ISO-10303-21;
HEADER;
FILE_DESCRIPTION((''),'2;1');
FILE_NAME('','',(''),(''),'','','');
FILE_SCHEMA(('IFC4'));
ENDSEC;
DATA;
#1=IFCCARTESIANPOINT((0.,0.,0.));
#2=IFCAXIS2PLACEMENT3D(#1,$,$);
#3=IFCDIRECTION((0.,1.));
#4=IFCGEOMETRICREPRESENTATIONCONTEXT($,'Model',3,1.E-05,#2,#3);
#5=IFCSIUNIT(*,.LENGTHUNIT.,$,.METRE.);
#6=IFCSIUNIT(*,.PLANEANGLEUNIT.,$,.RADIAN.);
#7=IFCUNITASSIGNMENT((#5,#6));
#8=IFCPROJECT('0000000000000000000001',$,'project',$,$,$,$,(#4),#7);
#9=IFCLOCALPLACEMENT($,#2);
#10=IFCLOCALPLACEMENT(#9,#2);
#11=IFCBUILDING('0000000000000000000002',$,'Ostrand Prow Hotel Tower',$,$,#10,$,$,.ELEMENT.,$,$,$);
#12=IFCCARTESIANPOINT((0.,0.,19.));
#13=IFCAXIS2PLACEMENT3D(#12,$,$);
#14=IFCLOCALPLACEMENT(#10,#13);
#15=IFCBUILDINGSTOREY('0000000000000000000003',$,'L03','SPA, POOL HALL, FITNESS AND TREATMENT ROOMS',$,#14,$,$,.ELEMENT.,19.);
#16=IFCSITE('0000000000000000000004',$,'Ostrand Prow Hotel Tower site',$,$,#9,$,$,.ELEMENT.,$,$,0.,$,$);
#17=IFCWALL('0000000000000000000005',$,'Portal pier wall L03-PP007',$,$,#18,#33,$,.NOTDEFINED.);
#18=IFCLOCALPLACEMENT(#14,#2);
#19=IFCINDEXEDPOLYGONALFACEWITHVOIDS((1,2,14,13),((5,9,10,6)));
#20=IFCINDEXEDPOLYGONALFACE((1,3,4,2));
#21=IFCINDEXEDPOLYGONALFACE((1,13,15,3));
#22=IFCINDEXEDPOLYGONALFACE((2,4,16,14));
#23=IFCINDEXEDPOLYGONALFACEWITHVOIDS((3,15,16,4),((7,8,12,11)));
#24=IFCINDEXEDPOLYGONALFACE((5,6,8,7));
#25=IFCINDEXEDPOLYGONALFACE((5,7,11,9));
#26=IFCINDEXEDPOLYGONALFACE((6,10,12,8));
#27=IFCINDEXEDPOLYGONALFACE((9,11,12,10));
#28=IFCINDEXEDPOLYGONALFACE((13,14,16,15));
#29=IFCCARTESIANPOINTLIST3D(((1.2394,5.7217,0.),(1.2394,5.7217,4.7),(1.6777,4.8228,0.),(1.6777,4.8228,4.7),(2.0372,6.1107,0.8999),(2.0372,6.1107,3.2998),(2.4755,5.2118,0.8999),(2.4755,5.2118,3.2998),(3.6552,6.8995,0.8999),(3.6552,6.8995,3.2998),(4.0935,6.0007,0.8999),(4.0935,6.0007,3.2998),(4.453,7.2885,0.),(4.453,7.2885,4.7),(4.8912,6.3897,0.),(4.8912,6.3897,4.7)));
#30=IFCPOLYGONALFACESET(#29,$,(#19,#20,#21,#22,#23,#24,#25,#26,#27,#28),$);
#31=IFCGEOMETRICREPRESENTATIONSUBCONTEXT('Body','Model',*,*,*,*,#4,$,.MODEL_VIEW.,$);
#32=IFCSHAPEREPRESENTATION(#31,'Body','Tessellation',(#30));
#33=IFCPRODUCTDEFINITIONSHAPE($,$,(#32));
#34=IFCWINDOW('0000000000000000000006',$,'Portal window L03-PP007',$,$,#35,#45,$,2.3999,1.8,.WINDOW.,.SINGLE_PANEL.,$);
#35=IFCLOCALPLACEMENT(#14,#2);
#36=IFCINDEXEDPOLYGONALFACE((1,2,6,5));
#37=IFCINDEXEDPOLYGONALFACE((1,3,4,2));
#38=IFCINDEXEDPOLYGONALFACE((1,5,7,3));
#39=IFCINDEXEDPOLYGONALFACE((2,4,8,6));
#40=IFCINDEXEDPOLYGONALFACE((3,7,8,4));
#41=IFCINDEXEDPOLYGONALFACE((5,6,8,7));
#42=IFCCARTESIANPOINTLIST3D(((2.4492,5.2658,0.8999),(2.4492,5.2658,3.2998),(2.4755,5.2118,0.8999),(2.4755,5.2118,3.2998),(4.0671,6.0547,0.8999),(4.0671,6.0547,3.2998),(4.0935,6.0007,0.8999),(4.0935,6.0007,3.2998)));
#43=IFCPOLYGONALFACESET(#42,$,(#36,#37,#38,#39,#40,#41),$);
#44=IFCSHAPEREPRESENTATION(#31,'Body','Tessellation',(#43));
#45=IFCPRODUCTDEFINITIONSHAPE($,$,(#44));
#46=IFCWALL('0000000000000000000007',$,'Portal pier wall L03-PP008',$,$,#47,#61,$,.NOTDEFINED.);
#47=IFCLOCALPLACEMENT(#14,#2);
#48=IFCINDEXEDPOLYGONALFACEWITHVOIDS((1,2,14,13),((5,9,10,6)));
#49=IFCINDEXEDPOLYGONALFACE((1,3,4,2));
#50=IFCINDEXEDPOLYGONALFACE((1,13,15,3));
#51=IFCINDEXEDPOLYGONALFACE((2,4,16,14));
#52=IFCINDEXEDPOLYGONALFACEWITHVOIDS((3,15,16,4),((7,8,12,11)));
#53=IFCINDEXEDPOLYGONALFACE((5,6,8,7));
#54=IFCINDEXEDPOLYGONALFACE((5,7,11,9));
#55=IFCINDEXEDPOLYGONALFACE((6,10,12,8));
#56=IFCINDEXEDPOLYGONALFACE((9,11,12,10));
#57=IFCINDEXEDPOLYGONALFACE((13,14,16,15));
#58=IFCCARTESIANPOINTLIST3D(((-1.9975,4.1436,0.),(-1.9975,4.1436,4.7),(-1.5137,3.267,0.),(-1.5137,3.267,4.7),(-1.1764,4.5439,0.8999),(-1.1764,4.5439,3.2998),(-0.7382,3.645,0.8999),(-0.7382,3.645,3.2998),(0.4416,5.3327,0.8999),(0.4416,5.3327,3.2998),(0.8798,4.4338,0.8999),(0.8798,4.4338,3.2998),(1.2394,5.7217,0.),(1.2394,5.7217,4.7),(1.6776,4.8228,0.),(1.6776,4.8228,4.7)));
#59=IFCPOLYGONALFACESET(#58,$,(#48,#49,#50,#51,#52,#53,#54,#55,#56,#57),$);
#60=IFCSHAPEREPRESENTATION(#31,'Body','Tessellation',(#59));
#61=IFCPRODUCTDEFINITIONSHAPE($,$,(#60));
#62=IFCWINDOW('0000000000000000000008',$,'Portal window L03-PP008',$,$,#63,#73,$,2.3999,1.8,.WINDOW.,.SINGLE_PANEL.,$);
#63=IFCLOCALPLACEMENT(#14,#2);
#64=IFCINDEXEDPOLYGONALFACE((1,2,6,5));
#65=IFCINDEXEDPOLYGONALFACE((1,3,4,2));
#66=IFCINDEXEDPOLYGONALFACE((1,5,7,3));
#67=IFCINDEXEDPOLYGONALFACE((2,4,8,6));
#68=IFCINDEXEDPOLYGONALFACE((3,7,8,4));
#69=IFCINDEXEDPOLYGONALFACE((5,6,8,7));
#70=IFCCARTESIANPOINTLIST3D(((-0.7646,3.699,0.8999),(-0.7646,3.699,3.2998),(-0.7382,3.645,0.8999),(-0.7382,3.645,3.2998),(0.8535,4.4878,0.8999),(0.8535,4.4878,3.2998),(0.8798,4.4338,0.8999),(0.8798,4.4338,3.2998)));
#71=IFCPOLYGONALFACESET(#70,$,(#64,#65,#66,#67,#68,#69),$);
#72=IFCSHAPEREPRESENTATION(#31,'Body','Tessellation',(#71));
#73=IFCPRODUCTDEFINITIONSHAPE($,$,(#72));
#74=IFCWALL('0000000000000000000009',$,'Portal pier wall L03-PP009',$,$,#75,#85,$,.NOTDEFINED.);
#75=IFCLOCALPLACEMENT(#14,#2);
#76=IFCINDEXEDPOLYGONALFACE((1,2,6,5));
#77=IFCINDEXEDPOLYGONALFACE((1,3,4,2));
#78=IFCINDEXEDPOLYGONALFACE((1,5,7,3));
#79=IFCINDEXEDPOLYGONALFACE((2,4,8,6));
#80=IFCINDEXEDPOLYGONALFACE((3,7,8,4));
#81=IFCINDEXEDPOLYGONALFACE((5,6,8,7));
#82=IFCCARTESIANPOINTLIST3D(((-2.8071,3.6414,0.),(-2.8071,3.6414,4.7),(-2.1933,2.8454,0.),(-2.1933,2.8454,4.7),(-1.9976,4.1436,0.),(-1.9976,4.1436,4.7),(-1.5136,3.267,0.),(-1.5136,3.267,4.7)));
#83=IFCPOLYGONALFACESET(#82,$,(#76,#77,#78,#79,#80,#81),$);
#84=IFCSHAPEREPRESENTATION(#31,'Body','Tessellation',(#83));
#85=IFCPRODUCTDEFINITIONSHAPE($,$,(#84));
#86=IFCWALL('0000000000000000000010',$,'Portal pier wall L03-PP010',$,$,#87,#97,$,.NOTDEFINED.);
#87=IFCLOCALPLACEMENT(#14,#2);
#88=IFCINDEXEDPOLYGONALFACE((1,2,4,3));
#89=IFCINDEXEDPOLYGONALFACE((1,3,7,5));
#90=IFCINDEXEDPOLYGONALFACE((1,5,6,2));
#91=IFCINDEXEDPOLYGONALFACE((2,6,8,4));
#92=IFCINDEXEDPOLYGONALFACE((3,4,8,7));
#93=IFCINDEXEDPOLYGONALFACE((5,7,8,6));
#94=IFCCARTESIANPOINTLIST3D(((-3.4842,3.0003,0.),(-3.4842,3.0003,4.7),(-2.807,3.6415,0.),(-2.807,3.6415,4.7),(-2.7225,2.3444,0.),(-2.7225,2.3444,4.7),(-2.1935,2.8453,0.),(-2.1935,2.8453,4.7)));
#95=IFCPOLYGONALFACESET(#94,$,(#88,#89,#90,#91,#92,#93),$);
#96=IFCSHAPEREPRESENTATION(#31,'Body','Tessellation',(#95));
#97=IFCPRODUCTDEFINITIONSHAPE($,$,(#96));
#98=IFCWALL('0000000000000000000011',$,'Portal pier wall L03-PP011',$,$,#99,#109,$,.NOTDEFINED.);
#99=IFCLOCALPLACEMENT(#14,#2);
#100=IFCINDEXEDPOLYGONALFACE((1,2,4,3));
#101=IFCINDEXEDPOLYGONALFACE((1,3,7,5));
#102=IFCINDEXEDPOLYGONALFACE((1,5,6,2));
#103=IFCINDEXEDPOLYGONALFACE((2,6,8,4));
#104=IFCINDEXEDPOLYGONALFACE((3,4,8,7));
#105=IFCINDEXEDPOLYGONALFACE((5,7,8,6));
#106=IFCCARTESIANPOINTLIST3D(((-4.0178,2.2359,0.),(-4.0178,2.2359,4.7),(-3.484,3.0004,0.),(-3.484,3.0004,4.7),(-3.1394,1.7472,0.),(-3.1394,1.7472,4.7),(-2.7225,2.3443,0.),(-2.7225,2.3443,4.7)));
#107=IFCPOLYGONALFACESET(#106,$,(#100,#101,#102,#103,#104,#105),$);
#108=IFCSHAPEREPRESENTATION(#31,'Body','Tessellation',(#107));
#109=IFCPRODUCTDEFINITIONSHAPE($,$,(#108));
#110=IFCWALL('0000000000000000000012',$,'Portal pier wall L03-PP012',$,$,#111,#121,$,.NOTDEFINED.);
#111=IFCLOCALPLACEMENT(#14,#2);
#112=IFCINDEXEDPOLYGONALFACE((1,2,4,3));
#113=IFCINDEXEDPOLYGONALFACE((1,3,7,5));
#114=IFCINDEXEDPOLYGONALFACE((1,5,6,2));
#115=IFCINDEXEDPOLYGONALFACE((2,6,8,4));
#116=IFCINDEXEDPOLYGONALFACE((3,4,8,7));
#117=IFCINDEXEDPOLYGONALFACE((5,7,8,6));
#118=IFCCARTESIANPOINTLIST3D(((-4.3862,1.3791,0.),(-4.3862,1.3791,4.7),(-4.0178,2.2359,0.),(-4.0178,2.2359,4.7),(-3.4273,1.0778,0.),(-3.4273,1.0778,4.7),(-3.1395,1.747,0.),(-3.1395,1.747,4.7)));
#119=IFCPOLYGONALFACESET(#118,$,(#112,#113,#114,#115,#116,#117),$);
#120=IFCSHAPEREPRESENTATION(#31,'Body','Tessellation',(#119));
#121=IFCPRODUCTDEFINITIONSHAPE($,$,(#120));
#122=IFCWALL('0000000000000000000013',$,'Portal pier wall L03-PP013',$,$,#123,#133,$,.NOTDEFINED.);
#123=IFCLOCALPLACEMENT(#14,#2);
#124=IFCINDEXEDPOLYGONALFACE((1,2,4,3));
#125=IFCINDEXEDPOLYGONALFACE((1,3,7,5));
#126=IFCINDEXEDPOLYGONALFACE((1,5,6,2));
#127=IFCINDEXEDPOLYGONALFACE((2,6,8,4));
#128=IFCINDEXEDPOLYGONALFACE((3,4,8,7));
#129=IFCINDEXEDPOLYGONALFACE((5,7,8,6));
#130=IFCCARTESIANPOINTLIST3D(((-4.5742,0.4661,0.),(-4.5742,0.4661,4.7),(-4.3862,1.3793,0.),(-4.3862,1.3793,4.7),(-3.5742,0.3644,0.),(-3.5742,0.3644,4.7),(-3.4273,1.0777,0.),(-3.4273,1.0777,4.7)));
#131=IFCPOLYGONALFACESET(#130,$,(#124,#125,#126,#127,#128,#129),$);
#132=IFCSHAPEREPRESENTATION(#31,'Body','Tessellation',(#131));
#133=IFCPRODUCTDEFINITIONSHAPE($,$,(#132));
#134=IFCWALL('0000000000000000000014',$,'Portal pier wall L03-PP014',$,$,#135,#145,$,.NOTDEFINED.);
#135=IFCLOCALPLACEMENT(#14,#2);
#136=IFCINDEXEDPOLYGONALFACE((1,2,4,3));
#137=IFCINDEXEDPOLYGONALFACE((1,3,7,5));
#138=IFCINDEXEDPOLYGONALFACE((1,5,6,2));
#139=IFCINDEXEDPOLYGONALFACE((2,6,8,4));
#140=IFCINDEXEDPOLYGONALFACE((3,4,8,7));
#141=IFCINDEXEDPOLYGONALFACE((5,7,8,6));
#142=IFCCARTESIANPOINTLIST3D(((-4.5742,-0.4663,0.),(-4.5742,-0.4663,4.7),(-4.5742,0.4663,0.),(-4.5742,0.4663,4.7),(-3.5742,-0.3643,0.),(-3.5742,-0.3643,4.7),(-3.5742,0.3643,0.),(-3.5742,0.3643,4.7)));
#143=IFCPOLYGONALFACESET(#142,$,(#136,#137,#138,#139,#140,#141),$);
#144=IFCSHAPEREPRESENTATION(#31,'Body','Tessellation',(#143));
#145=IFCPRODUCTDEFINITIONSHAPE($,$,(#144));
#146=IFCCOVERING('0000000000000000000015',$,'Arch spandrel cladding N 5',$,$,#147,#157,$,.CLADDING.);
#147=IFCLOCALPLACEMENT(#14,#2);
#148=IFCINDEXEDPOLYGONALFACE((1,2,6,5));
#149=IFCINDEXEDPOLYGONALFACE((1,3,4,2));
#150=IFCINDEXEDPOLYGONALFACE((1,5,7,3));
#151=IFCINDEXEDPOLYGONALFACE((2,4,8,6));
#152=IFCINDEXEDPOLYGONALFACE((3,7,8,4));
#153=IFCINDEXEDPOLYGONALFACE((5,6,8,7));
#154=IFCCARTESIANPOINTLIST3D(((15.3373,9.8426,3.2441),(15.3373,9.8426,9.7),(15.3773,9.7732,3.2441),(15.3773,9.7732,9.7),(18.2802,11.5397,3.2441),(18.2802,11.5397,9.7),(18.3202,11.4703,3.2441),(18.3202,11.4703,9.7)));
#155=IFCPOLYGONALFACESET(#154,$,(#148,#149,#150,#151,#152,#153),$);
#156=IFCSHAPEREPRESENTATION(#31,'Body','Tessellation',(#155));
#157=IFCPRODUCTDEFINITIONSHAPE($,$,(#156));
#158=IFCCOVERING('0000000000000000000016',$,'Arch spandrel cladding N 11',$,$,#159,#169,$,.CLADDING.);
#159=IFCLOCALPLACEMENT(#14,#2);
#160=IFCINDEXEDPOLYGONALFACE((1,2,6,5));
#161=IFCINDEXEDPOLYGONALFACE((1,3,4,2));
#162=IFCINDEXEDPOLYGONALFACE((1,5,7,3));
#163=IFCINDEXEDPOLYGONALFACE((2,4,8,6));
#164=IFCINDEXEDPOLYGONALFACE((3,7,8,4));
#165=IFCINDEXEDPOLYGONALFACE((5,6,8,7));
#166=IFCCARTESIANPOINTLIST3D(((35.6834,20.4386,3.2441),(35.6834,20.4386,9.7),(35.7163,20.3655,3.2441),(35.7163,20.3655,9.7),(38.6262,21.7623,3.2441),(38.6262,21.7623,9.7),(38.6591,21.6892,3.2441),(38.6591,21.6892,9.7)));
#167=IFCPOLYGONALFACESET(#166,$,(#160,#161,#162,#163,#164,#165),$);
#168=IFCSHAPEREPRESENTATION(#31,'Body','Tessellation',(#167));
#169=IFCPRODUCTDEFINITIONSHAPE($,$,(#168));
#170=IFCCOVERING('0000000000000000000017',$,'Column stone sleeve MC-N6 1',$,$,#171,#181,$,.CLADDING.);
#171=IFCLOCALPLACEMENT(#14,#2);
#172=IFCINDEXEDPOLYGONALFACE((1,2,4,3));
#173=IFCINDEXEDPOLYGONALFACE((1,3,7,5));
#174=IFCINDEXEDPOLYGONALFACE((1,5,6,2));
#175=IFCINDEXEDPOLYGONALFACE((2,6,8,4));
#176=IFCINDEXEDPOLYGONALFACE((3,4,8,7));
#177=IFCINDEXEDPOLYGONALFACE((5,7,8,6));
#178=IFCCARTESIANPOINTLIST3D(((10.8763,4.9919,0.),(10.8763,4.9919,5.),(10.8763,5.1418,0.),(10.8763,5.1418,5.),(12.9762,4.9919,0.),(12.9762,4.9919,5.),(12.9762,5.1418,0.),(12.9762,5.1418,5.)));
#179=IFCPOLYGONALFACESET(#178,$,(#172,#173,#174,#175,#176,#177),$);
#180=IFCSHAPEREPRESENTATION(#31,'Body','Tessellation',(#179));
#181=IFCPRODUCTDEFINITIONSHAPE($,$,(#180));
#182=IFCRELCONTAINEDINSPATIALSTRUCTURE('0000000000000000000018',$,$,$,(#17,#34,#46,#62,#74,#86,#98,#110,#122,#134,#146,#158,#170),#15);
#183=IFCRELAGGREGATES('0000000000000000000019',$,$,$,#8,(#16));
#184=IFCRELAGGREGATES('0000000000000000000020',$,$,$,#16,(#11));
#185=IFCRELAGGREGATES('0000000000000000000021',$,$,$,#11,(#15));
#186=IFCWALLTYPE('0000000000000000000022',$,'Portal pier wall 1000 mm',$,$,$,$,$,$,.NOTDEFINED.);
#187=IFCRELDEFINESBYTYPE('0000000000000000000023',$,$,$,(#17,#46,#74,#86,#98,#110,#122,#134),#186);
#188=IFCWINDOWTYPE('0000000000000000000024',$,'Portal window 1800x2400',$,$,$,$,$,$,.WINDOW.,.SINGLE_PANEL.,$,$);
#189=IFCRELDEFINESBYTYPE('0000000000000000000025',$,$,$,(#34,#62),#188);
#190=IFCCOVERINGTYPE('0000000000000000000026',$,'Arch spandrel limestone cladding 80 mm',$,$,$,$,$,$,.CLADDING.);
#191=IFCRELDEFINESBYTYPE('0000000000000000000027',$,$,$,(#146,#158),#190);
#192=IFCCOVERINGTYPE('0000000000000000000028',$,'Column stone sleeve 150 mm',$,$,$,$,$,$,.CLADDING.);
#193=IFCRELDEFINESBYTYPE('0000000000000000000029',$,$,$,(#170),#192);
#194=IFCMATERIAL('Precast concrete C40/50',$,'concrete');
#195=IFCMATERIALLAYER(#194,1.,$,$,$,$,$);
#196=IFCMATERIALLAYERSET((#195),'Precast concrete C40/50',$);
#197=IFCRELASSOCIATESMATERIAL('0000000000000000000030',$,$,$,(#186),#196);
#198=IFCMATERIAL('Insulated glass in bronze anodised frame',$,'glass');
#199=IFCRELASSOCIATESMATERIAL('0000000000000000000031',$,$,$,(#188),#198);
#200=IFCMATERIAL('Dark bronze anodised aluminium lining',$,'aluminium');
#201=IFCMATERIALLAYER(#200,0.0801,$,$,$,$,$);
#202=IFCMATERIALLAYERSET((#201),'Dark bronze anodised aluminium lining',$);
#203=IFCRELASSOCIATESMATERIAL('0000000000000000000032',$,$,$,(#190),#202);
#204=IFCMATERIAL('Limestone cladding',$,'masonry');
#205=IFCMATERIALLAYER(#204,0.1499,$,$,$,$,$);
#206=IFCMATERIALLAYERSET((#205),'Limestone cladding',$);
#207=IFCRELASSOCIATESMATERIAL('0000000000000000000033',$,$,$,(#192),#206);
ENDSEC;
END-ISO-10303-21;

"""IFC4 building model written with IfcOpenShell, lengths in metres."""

from ifc_helpers import new_model, si_unit, direction, frame, frame_2d, origin, place, context, subcontext, project, spatial, polyline, rectangle, outline, extrude, material, layer, layer_set, type_object, element, fill, save


model = new_model("IFC4")

# Units and contexts
model_context = context("Model", 3, precision=1e-05, world=origin(), true_north=direction((0.0, 1.0)))
body_context = subcontext(model_context, "Body", "Model", "MODEL_VIEW")
ifc_project = project(units=[si_unit("LENGTHUNIT", "METRE"), si_unit("PLANEANGLEUNIT", "RADIAN")], contexts=[model_context])

# Site, building, storey
site_placement = place(None, origin())
site = spatial("IfcSite", under=ifc_project, at=site_placement, Name="Ostrand Prow Hotel Tower site", CompositionType="ELEMENT", RefElevation=0.0)
building_placement = place(site_placement, origin())
building = spatial("IfcBuilding", under=site, at=building_placement, Name="Ostrand Prow Hotel Tower", CompositionType="ELEMENT")
storey_placement = place(building_placement, frame((0.0, 0.0, 19.0)))
storey = spatial("IfcBuildingStorey", under=building, at=storey_placement, Name="L03", Description="SPA, POOL HALL, FITNESS AND TREATMENT ROOMS", CompositionType="ELEMENT", Elevation=19.0)

# Shared definitions
ifc_material_1 = material(Name="Precast concrete C40/50", Category="concrete")
ifc_layer_1 = layer(ifc_material_1, 1.0)
ifc_layer_set_1 = layer_set([ifc_layer_1], Name="Precast concrete C40/50")
wall_type = type_object("IfcWallType", Name="Portal pier wall 1000 mm", PredefinedType="NOTDEFINED", material=ifc_layer_set_1)

# Walls, openings, windows
ifc_material_2 = material(Name="Insulated glass in bronze anodised frame", Category="glass")
window_type = type_object("IfcWindowType", Name="Portal window 1800x2400", PartitioningType="SINGLE_PANEL", PredefinedType="WINDOW", material=ifc_material_2)
wall_1_placement = place(storey_placement, frame((4.6721, 6.8391, 0.0), z_axis=(0.0, 0.0, 1.0), x_axis=(-0.898848, -0.438259, 0.0)))
wall_1 = element("IfcWall", 1, at=wall_1_placement, inside=storey, type_object=wall_type, Name="Portal pier wall L03-PP007", PredefinedType="NOTDEFINED", context=body_context, shape_type="SweptSolid", body=[
    extrude(outline(polyline([(0.0, -0.5), (3.5752, -0.5), (3.5752, 0.5), (0.0, 0.5), (0.0, -0.5)])), origin(), (0.0, 0.0, 1.0), 4.7),
])
opening_1_placement = place(wall_1_placement, frame((0.8877, 0.0, 0.8999)))
opening_1 = element("IfcOpeningElement", 2, at=opening_1_placement, cuts=wall_1, PredefinedType="OPENING", context=body_context, shape_type="SweptSolid", body=[
    extrude(rectangle(XDim=1.8, YDim=2.3999, at=frame_2d((0.8999, 1.2))), frame((0.0, 0.51, 0.0), z_axis=(0.0, -1.0, 0.0), x_axis=(1.0, 0.0, 0.0)), (0.0, 0.0, 1.0), 1.02),
])
window_1_placement = place(opening_1_placement, origin())
window_1 = element("IfcWindow", 3, at=window_1_placement, inside=storey, type_object=window_type, Name="Portal window L03-PP007", OverallHeight=2.3999, OverallWidth=1.8, PartitioningType="SINGLE_PANEL", PredefinedType="WINDOW", context=body_context, shape_type="SweptSolid", body=[
    extrude(rectangle(XDim=1.8, YDim=2.3999, at=frame_2d((0.8999, 1.2))), frame((0.0, 0.5, 0.0), z_axis=(0.0, -1.0, 0.0), x_axis=(1.0, 0.0, 0.0)), (0.0, 0.0, 1.0), 0.0601),
])
fill(opening_1, window_1)
wall_2_placement = place(storey_placement, frame((1.4585, 5.2722, 0.0), z_axis=(0.0, 0.0, 1.0), x_axis=(-0.898875, -0.438206, 0.0)))
wall_2 = element("IfcWall", 4, at=wall_2_placement, inside=storey, type_object=wall_type, Name="Portal pier wall L03-PP008", PredefinedType="NOTDEFINED", context=body_context, shape_type="SweptSolid", body=[
    extrude(outline(polyline([(0.0, -0.5), (3.6011, -0.5), (3.5503, 0.5), (0.0, 0.5), (0.0, -0.5)])), origin(), (0.0, 0.0, 1.0), 4.7),
])
opening_2_placement = place(wall_2_placement, frame((0.8877, 0.0, 0.8999)))
opening_2 = element("IfcOpeningElement", 5, at=opening_2_placement, cuts=wall_2, PredefinedType="OPENING", context=body_context, shape_type="SweptSolid", body=[
    extrude(rectangle(XDim=1.8, YDim=2.3999, at=frame_2d((0.8999, 1.2))), frame((0.0, 0.51, 0.0), z_axis=(0.0, -1.0, 0.0), x_axis=(1.0, 0.0, 0.0)), (0.0, 0.0, 1.0), 1.02),
])
window_2_placement = place(opening_2_placement, origin())
window_2 = element("IfcWindow", 6, at=window_2_placement, inside=storey, type_object=window_type, Name="Portal window L03-PP008", OverallHeight=2.3999, OverallWidth=1.8, PartitioningType="SINGLE_PANEL", PredefinedType="WINDOW", context=body_context, shape_type="SweptSolid", body=[
    extrude(rectangle(XDim=1.8, YDim=2.3999, at=frame_2d((0.8999, 1.2))), frame((0.0, 0.5, 0.0), z_axis=(0.0, -1.0, 0.0), x_axis=(1.0, 0.0, 0.0)), (0.0, 0.0, 1.0), 0.0601),
])
fill(opening_2, window_2)

# Walls
wall_3_placement = place(storey_placement, frame((-1.7556, 3.7053, 0.0), z_axis=(0.0, 0.0, 1.0), x_axis=(-0.849778, -0.527141, 0.0)))
element("IfcWall", 7, at=wall_3_placement, inside=storey, type_object=wall_type, Name="Portal pier wall L03-PP009", PredefinedType="NOTDEFINED", context=body_context, shape_type="SweptSolid", body=[
    extrude(outline(polyline([(-0.0254, -0.5), (0.9272, -0.5), (0.8252, 0.5), (0.0254, 0.5), (-0.0254, -0.5)])), origin(), (0.0, 0.0, 1.0), 4.7),
])
wall_4_placement = place(storey_placement, frame((-2.5002, 3.2434, 0.0), z_axis=(0.0, 0.0, 1.0), x_axis=(-0.726099, -0.68759, 0.0)))
element("IfcWall", 8, at=wall_4_placement, inside=storey, type_object=wall_type, Name="Portal pier wall L03-PP010", PredefinedType="NOTDEFINED", context=body_context, shape_type="SweptSolid", body=[
    extrude(outline(polyline([(-0.051, -0.5), (0.8816, -0.5), (0.7795, 0.5), (0.051, 0.5), (-0.051, -0.5)])), origin(), (0.0, 0.0, 1.0), 4.7),
])
wall_5_placement = place(storey_placement, frame((-3.1033, 2.6724, 0.0), z_axis=(0.0, 0.0, 1.0), x_axis=(-0.572416, -0.819963, 0.0)))
element("IfcWall", 9, at=wall_5_placement, inside=storey, type_object=wall_type, Name="Portal pier wall L03-PP011", PredefinedType="NOTDEFINED", context=body_context, shape_type="SweptSolid", body=[
    extrude(outline(polyline([(-0.051, -0.5), (0.8813, -0.5), (0.7793, 0.5), (0.051, 0.5), (-0.051, -0.5)])), origin(), (0.0, 0.0, 1.0), 4.7),
])
wall_6_placement = place(storey_placement, frame((-3.5786, 1.9915, 0.0), z_axis=(0.0, 0.0, 1.0), x_axis=(-0.39509, -0.918643, 0.0)))
element("IfcWall", 10, at=wall_6_placement, inside=storey, type_object=wall_type, Name="Portal pier wall L03-PP012", PredefinedType="NOTDEFINED", context=body_context, shape_type="SweptSolid", body=[
    extrude(outline(polyline([(-0.051, -0.5), (0.8816, -0.5), (0.7795, 0.5), (0.051, 0.5), (-0.051, -0.5)])), origin(), (0.0, 0.0, 1.0), 4.7),
])
wall_7_placement = place(storey_placement, frame((-3.9067, 1.2285, 0.0), z_axis=(0.0, 0.0, 1.0), x_axis=(-0.201711, -0.979445, 0.0)))
element("IfcWall", 11, at=wall_7_placement, inside=storey, type_object=wall_type, Name="Portal pier wall L03-PP013", PredefinedType="NOTDEFINED", context=body_context, shape_type="SweptSolid", body=[
    extrude(outline(polyline([(-0.051, -0.5), (0.8813, -0.5), (0.7793, 0.5), (0.051, 0.5), (-0.051, -0.5)])), origin(), (0.0, 0.0, 1.0), 4.7),
])
wall_8_placement = place(storey_placement, frame((-4.0742, 0.4153, 0.0), z_axis=(0.0, 0.0, 1.0), x_axis=(0.0, -1.0, 0.0)))
element("IfcWall", 12, at=wall_8_placement, inside=storey, type_object=wall_type, Name="Portal pier wall L03-PP014", PredefinedType="NOTDEFINED", context=body_context, shape_type="SweptSolid", body=[
    extrude(outline(polyline([(-0.051, -0.5), (0.8816, -0.5), (0.7795, 0.5), (0.051, 0.5), (-0.051, -0.5)])), origin(), (0.0, 0.0, 1.0), 4.7),
])

# Coverings
ifc_material_3 = material(Name="Dark bronze anodised aluminium lining", Category="aluminium")
ifc_layer_2 = layer(ifc_material_3, 0.0801)
ifc_layer_set_2 = layer_set([ifc_layer_2], Name="Dark bronze anodised aluminium lining")
covering_type_1 = type_object("IfcCoveringType", Name="Arch spandrel limestone cladding 80 mm", PredefinedType="CLADDING", material=ifc_layer_set_2)
covering_1_placement = place(storey_placement, frame((15.3572, 9.8079, 3.2441), z_axis=(0.0, 0.0, 1.0), x_axis=(0.866286, 0.499548, 0.0)))
element("IfcCovering", 13, at=covering_1_placement, inside=storey, type_object=covering_type_1, Name="Arch spandrel cladding N 5", PredefinedType="CLADDING", context=body_context, shape_type="SweptSolid", body=[
    extrude(rectangle(XDim=3.3972, YDim=0.0801, at=frame_2d((1.6987, 0.0))), origin(), (0.0, 0.0, 1.0), 6.4558),
])
covering_2_placement = place(storey_placement, frame((35.7, 20.4021, 3.2441), z_axis=(0.0, 0.0, 1.0), x_axis=(0.911987, 0.41022, 0.0)))
element("IfcCovering", 14, at=covering_2_placement, inside=storey, type_object=covering_type_1, Name="Arch spandrel cladding N 11", PredefinedType="CLADDING", context=body_context, shape_type="SweptSolid", body=[
    extrude(rectangle(XDim=3.2268, YDim=0.0801, at=frame_2d((1.6133, 0.0))), origin(), (0.0, 0.0, 1.0), 6.4558),
])
ifc_material_4 = material(Name="Limestone cladding", Category="masonry")
ifc_layer_3 = layer(ifc_material_4, 0.1499)
ifc_layer_set_3 = layer_set([ifc_layer_3], Name="Limestone cladding")
covering_type_2 = type_object("IfcCoveringType", Name="Column stone sleeve 150 mm", PredefinedType="CLADDING", material=ifc_layer_set_3)
covering_3_placement = place(storey_placement, frame((10.8765, 5.0669, 0.0), z_axis=(0.0, 0.0, 1.0), x_axis=(1.0, 0.0, 0.0)))
element("IfcCovering", 15, at=covering_3_placement, inside=storey, type_object=covering_type_2, Name="Column stone sleeve MC-N6 1", PredefinedType="CLADDING", context=body_context, shape_type="SweptSolid", body=[
    extrude(rectangle(XDim=2.0999, YDim=0.1499, at=frame_2d((1.0498, 0.0))), origin(), (0.0, 0.0, 1.0), 5.0),
])

save(model, "model.ifc")
